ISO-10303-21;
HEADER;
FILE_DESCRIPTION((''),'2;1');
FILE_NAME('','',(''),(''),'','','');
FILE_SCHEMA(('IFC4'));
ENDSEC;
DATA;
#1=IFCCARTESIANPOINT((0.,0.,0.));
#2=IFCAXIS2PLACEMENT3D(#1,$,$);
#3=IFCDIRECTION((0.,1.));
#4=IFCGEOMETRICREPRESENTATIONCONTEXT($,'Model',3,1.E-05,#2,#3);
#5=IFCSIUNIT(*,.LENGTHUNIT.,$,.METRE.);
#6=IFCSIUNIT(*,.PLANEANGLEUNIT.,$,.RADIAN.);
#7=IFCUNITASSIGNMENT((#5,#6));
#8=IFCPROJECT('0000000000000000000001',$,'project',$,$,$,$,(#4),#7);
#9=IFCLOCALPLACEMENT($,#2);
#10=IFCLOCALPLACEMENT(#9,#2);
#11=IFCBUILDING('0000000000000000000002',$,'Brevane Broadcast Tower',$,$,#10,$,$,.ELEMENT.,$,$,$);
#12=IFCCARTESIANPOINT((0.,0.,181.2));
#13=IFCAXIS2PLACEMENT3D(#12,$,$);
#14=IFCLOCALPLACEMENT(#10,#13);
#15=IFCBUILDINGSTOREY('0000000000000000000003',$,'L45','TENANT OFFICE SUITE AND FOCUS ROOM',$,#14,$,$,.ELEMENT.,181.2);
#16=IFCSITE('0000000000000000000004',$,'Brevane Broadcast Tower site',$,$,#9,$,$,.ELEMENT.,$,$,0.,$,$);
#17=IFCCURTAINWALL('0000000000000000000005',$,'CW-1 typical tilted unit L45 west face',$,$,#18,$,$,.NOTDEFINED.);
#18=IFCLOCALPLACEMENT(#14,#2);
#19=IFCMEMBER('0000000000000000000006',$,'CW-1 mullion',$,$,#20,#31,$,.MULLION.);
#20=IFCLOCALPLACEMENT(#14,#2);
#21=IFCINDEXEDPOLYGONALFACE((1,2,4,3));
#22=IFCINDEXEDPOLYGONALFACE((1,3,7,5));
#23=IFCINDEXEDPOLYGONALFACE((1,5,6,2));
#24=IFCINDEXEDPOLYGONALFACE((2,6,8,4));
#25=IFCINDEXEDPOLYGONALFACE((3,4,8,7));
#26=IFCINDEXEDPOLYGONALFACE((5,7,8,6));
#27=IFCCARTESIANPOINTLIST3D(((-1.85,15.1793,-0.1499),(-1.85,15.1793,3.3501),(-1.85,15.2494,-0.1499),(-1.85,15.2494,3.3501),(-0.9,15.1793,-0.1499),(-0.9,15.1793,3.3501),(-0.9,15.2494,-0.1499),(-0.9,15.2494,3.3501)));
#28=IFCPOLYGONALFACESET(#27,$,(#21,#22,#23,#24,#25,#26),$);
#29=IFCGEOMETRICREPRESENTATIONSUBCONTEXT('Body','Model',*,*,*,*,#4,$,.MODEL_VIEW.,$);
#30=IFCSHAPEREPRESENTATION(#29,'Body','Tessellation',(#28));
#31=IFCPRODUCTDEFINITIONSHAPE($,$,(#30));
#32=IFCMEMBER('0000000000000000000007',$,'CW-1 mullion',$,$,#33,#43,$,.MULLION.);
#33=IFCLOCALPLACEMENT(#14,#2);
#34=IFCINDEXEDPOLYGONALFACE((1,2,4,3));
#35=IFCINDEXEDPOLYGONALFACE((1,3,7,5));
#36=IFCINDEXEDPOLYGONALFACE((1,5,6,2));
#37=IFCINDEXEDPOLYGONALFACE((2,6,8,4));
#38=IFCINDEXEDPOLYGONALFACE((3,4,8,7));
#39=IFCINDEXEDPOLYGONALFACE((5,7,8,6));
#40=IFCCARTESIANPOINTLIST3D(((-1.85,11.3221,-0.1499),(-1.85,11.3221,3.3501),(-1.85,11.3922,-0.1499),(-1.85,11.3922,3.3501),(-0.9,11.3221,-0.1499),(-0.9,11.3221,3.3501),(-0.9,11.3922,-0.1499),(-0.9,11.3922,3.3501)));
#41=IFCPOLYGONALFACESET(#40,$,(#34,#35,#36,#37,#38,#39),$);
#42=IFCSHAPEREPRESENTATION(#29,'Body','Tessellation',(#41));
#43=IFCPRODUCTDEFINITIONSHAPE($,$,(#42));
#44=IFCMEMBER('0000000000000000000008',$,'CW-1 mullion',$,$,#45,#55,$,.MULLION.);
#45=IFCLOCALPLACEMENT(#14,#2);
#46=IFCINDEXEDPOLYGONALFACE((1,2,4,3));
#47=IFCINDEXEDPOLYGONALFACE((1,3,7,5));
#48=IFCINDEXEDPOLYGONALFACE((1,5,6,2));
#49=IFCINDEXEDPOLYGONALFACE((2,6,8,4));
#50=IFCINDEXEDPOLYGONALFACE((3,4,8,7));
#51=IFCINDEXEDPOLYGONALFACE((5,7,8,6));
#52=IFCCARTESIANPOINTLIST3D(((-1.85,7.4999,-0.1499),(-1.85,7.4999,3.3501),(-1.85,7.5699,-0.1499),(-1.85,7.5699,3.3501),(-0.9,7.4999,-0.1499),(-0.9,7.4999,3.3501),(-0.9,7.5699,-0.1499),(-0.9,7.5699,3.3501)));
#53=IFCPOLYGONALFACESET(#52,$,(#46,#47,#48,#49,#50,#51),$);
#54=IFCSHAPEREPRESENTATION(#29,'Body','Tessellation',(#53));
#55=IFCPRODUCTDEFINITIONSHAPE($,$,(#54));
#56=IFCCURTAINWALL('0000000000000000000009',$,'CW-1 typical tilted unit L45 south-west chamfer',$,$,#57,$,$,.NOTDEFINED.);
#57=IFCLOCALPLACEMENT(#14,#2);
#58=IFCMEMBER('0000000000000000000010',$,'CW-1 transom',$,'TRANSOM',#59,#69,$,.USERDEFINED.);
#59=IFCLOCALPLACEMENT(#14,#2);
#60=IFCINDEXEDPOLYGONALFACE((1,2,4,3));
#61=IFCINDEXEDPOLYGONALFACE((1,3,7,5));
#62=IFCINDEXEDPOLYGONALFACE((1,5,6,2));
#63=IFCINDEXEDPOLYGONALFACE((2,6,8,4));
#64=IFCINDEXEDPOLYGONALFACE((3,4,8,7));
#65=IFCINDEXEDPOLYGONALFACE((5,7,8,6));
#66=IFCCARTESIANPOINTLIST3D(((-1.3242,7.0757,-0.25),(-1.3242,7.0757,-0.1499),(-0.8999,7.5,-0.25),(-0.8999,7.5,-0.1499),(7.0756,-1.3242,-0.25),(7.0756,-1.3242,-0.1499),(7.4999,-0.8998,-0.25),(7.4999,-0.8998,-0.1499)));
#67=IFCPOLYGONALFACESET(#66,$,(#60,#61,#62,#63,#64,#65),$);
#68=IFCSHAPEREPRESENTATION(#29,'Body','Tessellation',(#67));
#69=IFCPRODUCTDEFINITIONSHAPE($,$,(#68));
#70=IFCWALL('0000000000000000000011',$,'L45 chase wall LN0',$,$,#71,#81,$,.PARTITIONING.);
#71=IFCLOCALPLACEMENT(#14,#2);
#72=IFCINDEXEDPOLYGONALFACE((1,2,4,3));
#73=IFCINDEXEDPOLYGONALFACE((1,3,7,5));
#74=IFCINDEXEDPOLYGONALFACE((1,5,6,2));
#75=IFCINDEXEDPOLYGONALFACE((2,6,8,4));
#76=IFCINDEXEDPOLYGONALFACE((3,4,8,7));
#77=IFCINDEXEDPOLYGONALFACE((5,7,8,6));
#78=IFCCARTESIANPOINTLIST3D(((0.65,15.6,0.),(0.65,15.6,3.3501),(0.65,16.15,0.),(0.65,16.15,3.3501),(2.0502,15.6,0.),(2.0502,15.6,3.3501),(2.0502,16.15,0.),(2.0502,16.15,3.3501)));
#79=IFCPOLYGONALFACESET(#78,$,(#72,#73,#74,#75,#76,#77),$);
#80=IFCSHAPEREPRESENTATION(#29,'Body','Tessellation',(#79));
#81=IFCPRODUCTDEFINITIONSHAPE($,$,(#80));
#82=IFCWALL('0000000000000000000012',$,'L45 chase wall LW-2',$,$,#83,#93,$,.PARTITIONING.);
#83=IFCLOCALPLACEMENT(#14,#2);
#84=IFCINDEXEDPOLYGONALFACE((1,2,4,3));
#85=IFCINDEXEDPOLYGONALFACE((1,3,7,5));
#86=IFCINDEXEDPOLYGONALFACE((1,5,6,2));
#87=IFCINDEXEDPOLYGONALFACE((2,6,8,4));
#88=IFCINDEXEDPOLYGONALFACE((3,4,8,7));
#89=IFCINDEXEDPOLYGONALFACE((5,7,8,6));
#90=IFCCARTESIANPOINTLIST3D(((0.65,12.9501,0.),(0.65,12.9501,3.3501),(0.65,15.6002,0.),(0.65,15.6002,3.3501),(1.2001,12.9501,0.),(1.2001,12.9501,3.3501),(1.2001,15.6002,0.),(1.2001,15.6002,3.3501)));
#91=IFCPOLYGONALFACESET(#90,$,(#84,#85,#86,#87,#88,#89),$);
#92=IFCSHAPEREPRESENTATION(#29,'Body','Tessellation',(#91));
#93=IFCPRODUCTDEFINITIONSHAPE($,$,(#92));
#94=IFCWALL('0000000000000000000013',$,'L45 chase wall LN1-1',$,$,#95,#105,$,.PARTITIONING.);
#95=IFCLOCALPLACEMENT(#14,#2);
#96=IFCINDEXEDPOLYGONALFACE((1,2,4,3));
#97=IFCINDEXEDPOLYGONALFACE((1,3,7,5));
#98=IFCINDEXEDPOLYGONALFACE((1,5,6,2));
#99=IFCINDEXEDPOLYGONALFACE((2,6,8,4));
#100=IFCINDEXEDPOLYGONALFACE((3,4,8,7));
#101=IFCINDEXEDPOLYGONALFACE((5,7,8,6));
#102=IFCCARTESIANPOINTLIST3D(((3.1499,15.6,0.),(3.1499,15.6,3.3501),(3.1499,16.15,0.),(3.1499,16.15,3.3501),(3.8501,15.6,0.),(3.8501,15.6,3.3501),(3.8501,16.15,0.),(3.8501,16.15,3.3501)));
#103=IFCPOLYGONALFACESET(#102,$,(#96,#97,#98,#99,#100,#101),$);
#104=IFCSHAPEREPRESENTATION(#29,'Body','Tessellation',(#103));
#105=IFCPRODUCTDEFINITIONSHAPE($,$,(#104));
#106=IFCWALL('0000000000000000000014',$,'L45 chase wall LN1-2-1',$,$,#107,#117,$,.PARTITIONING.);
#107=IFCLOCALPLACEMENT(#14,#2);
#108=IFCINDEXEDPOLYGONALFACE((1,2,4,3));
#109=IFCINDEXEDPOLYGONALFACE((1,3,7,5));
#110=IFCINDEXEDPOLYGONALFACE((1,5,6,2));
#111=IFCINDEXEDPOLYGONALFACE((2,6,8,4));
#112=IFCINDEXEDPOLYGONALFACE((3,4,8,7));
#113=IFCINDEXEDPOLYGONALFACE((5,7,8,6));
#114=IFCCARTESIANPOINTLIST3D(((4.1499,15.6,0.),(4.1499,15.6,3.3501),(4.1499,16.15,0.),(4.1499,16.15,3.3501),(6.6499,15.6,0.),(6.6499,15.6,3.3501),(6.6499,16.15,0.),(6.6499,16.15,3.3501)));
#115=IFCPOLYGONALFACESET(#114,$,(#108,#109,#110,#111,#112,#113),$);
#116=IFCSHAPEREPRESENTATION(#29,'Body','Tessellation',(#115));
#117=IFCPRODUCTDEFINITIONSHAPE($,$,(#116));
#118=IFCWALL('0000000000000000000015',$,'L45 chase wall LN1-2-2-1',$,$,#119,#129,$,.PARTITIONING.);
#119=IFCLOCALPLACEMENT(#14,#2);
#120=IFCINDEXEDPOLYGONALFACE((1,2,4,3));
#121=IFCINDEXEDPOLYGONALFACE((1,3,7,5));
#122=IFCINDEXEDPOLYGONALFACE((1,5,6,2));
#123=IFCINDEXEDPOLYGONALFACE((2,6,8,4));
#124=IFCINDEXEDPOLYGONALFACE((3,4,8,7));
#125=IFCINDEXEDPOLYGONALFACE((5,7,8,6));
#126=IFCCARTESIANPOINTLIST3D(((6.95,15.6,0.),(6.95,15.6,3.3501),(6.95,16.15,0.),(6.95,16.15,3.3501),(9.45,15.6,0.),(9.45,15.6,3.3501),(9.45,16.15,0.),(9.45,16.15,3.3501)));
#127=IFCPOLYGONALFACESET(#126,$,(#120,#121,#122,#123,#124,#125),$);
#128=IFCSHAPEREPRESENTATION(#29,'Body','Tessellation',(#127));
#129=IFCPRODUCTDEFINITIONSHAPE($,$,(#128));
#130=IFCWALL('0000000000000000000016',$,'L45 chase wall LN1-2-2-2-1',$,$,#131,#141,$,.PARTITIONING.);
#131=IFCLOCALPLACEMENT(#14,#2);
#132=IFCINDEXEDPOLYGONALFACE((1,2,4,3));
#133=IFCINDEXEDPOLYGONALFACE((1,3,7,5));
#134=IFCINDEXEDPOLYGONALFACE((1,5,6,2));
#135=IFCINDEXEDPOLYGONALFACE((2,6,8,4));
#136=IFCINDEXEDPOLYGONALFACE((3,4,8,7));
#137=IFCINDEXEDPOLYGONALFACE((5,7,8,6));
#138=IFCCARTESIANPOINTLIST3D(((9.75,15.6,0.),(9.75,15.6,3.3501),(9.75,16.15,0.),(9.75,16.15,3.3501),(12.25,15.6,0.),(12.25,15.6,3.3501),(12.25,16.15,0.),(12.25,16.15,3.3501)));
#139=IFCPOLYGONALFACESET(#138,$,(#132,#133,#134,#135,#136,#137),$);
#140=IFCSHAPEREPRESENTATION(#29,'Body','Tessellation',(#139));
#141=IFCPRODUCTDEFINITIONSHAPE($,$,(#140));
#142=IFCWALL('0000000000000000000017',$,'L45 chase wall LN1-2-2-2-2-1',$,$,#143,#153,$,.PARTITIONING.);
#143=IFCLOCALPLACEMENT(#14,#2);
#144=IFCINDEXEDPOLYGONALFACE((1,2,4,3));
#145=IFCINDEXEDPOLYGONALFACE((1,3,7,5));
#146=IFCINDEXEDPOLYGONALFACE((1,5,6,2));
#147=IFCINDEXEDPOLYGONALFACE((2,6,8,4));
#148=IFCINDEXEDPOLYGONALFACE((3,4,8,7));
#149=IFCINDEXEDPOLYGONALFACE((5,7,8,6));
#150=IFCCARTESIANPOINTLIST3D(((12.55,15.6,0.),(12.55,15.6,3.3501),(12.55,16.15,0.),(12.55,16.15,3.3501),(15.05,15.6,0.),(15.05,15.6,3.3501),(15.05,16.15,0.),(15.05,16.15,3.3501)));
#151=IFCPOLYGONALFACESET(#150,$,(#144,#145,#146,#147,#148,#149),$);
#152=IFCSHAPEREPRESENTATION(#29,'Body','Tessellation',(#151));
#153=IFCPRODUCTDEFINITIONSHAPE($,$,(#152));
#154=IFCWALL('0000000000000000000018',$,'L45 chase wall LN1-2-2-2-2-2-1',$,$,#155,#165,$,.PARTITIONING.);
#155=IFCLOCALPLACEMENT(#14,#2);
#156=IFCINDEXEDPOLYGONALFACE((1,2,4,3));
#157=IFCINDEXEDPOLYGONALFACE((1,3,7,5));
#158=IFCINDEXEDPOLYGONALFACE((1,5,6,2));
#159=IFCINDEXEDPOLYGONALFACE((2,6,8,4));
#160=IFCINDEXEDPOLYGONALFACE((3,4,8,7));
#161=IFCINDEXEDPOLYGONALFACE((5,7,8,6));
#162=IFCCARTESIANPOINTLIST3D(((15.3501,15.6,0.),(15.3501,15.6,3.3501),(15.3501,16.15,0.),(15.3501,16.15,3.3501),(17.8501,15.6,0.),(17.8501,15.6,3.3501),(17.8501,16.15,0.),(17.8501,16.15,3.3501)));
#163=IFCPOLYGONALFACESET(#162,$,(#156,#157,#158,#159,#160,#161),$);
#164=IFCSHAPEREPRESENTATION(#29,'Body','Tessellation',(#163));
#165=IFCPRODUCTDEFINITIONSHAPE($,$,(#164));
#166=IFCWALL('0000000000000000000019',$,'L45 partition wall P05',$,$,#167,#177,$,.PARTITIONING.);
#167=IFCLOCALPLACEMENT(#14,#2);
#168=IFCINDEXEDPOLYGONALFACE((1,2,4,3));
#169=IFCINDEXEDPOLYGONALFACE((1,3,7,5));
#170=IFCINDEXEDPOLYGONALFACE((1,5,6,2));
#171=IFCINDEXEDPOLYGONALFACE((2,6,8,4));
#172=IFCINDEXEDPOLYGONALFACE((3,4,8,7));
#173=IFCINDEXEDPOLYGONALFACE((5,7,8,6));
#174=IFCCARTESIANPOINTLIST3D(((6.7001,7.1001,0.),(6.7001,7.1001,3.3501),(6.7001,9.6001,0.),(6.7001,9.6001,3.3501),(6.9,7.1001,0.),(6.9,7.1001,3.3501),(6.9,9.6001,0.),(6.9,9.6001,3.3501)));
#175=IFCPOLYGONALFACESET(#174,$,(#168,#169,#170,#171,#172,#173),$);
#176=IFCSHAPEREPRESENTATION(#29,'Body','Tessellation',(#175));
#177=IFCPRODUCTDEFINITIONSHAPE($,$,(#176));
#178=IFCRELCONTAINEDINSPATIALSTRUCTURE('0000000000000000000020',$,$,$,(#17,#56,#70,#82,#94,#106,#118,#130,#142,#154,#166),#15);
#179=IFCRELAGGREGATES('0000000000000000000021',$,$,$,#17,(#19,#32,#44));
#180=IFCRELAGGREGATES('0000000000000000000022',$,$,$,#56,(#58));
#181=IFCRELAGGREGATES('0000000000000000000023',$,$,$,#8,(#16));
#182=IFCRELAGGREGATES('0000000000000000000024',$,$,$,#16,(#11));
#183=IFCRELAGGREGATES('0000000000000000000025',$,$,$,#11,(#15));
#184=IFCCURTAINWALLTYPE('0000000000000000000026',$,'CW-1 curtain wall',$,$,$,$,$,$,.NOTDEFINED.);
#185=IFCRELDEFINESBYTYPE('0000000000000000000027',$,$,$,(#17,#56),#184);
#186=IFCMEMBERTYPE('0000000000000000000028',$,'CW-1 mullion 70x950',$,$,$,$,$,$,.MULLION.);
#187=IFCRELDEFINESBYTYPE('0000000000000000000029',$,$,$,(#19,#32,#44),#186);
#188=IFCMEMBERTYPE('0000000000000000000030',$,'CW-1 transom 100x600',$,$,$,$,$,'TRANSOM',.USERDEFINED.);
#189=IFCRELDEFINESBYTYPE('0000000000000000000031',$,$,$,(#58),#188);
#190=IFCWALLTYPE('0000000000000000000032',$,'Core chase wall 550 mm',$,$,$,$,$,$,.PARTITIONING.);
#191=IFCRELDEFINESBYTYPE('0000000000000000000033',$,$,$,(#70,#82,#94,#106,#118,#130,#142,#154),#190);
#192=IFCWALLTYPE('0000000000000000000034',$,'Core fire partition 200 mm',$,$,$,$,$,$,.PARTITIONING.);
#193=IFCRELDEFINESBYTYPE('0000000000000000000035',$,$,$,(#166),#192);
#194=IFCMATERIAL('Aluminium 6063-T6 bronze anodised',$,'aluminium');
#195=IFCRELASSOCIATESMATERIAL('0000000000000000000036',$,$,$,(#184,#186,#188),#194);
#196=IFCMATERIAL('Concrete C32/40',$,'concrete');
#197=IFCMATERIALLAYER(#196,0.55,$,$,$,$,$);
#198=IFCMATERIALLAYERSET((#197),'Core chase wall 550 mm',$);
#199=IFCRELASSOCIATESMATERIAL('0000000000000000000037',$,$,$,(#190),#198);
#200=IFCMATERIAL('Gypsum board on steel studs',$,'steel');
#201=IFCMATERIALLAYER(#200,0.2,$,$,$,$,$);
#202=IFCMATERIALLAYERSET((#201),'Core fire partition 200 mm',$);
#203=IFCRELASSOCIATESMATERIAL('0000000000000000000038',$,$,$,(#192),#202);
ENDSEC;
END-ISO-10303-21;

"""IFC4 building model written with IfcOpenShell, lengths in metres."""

from ifc_helpers import new_model, si_unit, direction, frame, frame_2d, origin, origin_2d, place, context, subcontext, project, spatial, rectangle, extrude, material, layer, layer_set, material_profile, profile_set, type_object, element, aggregate, save


model = new_model("IFC4")

# Units and contexts
model_context = context("Model", 3, precision=1e-05, world=origin(), true_north=direction((0.0, 1.0)))
body_context = subcontext(model_context, "Body", "Model", "MODEL_VIEW")
ifc_project = project(units=[si_unit("LENGTHUNIT", "METRE"), si_unit("PLANEANGLEUNIT", "RADIAN")], contexts=[model_context])

# Site, building, storey
site_placement = place(None, origin())
site = spatial("IfcSite", under=ifc_project, at=site_placement, Name="Brevane Broadcast Tower site", CompositionType="ELEMENT", RefElevation=0.0)
building_placement = place(site_placement, origin())
building = spatial("IfcBuilding", under=site, at=building_placement, Name="Brevane Broadcast Tower", CompositionType="ELEMENT")
storey_placement = place(building_placement, frame((0.0, 0.0, 181.2)))
storey = spatial("IfcBuildingStorey", under=building, at=storey_placement, Name="L45", Description="TENANT OFFICE SUITE AND FOCUS ROOM", CompositionType="ELEMENT", Elevation=181.2)

# Curtain wall, members
ifc_material_1 = material(Name="Aluminium 6063-T6 bronze anodised", Category="aluminium")
curtain_wall_type = type_object("IfcCurtainWallType", Name="CW-1 curtain wall", PredefinedType="NOTDEFINED", material=ifc_material_1)
curtain_wall_1_placement = place(storey_placement, origin())
curtain_wall_1 = element("IfcCurtainWall", 1, at=curtain_wall_1_placement, inside=storey, type_object=curtain_wall_type, Name="CW-1 typical tilted unit L45 west face", PredefinedType="NOTDEFINED")
ifc_material_profile_1 = material_profile(ifc_material_1, rectangle(XDim=0.95, YDim=0.0701, at=origin_2d()), Name="RECT 70x950")
ifc_profile_set_1 = profile_set([ifc_material_profile_1], Name="Aluminium 6063-T6 bronze anodised")
member_type_1 = type_object("IfcMemberType", Name="CW-1 mullion 70x950", PredefinedType="MULLION", material=ifc_profile_set_1)
member_1_placement = place(storey_placement, frame((-1.375, 15.2144, -0.1499), z_axis=(0.0, 0.0, 1.0), x_axis=(1.0, 0.0, 0.0)))
member_1 = element("IfcMember", 2, at=member_1_placement, type_object=member_type_1, Name="CW-1 mullion", PredefinedType="MULLION", context=body_context, shape_type="SweptSolid", body=[
    extrude(rectangle(XDim=0.95, YDim=0.0701, at=origin_2d()), origin(), (0.0, 0.0, 1.0), 3.5),
])
member_2_placement = place(storey_placement, frame((-1.375, 11.3572, -0.1499), z_axis=(0.0, 0.0, 1.0), x_axis=(1.0, 0.0, 0.0)))
member_2 = element("IfcMember", 3, at=member_2_placement, type_object=member_type_1, Name="CW-1 mullion", PredefinedType="MULLION", context=body_context, shape_type="SweptSolid", body=[
    extrude(rectangle(XDim=0.95, YDim=0.0701, at=origin_2d()), origin(), (0.0, 0.0, 1.0), 3.5),
])
member_3_placement = place(storey_placement, frame((-1.375, 7.5349, -0.1499), z_axis=(0.0, 0.0, 1.0), x_axis=(1.0, 0.0, 0.0)))
member_3 = element("IfcMember", 4, at=member_3_placement, type_object=member_type_1, Name="CW-1 mullion", PredefinedType="MULLION", context=body_context, shape_type="SweptSolid", body=[
    extrude(rectangle(XDim=0.95, YDim=0.0701, at=origin_2d()), origin(), (0.0, 0.0, 1.0), 3.5),
])
aggregate(curtain_wall_1, [member_1, member_2, member_3])

# Curtain wall, member
curtain_wall_2_placement = place(storey_placement, origin())
curtain_wall_2 = element("IfcCurtainWall", 5, at=curtain_wall_2_placement, inside=storey, type_object=curtain_wall_type, Name="CW-1 typical tilted unit L45 south-west chamfer", PredefinedType="NOTDEFINED")
ifc_material_profile_2 = material_profile(ifc_material_1, rectangle(XDim=0.6001, YDim=0.1001, at=origin_2d()), Name="RECT 100x600")
ifc_profile_set_2 = profile_set([ifc_material_profile_2], Name="Aluminium 6063-T6 bronze anodised")
member_type_2 = type_object("IfcMemberType", Name="CW-1 transom 100x600", ElementType="TRANSOM", PredefinedType="USERDEFINED", material=ifc_profile_set_2)
member_4_placement = place(storey_placement, frame((-1.1121, 7.2878, -0.2), z_axis=(0.707107, -0.707107, 0.0), x_axis=(0.707107, 0.707107, 0.0)))
member_4 = element("IfcMember", 6, at=member_4_placement, type_object=member_type_2, Name="CW-1 transom", ObjectType="TRANSOM", PredefinedType="USERDEFINED", context=body_context, shape_type="SweptSolid", body=[
    extrude(rectangle(XDim=0.6001, YDim=0.1001, at=origin_2d()), origin(), (0.0, 0.0, 1.0), 11.8792),
])
aggregate(curtain_wall_2, [member_4])

# Walls
ifc_material_2 = material(Name="Concrete C32/40", Category="concrete")
ifc_layer_1 = layer(ifc_material_2, 0.55)
ifc_layer_set_1 = layer_set([ifc_layer_1], Name="Core chase wall 550 mm")
wall_type_1 = type_object("IfcWallType", Name="Core chase wall 550 mm", PredefinedType="PARTITIONING", material=ifc_layer_set_1)
wall_1_placement = place(storey_placement, frame((0.6499, 15.875, 0.0), z_axis=(0.0, 0.0, 1.0), x_axis=(1.0, 0.0, 0.0)))
element("IfcWall", 7, at=wall_1_placement, inside=storey, type_object=wall_type_1, Name="L45 chase wall LN0", PredefinedType="PARTITIONING", context=body_context, shape_type="SweptSolid", body=[
    extrude(rectangle(XDim=1.4001, YDim=0.55, at=frame_2d((0.7002, 0.0))), origin(), (0.0, 0.0, 1.0), 3.3501),
])
wall_2_placement = place(storey_placement, frame((0.925, 12.95, 0.0), z_axis=(0.0, 0.0, 1.0), x_axis=(0.0, 1.0, 0.0)))
element("IfcWall", 8, at=wall_2_placement, inside=storey, type_object=wall_type_1, Name="L45 chase wall LW-2", PredefinedType="PARTITIONING", context=body_context, shape_type="SweptSolid", body=[
    extrude(rectangle(XDim=2.6501, YDim=0.55, at=frame_2d((1.3252, 0.0))), origin(), (0.0, 0.0, 1.0), 3.3501),
])
wall_3_placement = place(storey_placement, frame((3.1499, 15.875, 0.0), z_axis=(0.0, 0.0, 1.0), x_axis=(1.0, 0.0, 0.0)))
element("IfcWall", 9, at=wall_3_placement, inside=storey, type_object=wall_type_1, Name="L45 chase wall LN1-1", PredefinedType="PARTITIONING", context=body_context, shape_type="SweptSolid", body=[
    extrude(rectangle(XDim=0.7002, YDim=0.55, at=frame_2d((0.3501, 0.0))), origin(), (0.0, 0.0, 1.0), 3.3501),
])
for number, where, z_axis, x_axis, name in (
    (10, (4.1499, 15.875, 0.0), (0.0, 0.0, 1.0), (1.0, 0.0, 0.0), "L45 chase wall LN1-2-1"),
    (11, (6.95, 15.875, 0.0), (0.0, 0.0, 1.0), (1.0, 0.0, 0.0), "L45 chase wall LN1-2-2-1"),
    (12, (9.75, 15.875, 0.0), (0.0, 0.0, 1.0), (1.0, 0.0, 0.0), "L45 chase wall LN1-2-2-2-1"),
    (13, (12.55, 15.875, 0.0), (0.0, 0.0, 1.0), (1.0, 0.0, 0.0), "L45 chase wall LN1-2-2-2-2-1"),
    (14, (15.3501, 15.875, 0.0), (0.0, 0.0, 1.0), (1.0, 0.0, 0.0), "L45 chase wall LN1-2-2-2-2-2-1"),
):
    element("IfcWall", number, at=place(storey_placement, frame(where, z_axis=z_axis, x_axis=x_axis)), inside=storey, type_object=wall_type_1, Name=name, PredefinedType="PARTITIONING", context=body_context, shape_type="SweptSolid", body=[
        extrude(rectangle(XDim=2.5, YDim=0.55, at=frame_2d((1.25, 0.0))), origin(), (0.0, 0.0, 1.0), 3.3501),
    ])
ifc_material_3 = material(Name="Gypsum board on steel studs", Category="steel")
ifc_layer_2 = layer(ifc_material_3, 0.2)
ifc_layer_set_2 = layer_set([ifc_layer_2], Name="Core fire partition 200 mm")
wall_type_2 = type_object("IfcWallType", Name="Core fire partition 200 mm", PredefinedType="PARTITIONING", material=ifc_layer_set_2)
wall_4_placement = place(storey_placement, frame((6.8, 9.6001, 0.0), z_axis=(0.0, 0.0, 1.0), x_axis=(0.0, -1.0, 0.0)))
element("IfcWall", 15, at=wall_4_placement, inside=storey, type_object=wall_type_2, Name="L45 partition wall P05", PredefinedType="PARTITIONING", context=body_context, shape_type="SweptSolid", body=[
    extrude(rectangle(XDim=2.5, YDim=0.2, at=frame_2d((1.25, 0.0))), origin(), (0.0, 0.0, 1.0), 3.3501),
])

save(model, "model.ifc")
